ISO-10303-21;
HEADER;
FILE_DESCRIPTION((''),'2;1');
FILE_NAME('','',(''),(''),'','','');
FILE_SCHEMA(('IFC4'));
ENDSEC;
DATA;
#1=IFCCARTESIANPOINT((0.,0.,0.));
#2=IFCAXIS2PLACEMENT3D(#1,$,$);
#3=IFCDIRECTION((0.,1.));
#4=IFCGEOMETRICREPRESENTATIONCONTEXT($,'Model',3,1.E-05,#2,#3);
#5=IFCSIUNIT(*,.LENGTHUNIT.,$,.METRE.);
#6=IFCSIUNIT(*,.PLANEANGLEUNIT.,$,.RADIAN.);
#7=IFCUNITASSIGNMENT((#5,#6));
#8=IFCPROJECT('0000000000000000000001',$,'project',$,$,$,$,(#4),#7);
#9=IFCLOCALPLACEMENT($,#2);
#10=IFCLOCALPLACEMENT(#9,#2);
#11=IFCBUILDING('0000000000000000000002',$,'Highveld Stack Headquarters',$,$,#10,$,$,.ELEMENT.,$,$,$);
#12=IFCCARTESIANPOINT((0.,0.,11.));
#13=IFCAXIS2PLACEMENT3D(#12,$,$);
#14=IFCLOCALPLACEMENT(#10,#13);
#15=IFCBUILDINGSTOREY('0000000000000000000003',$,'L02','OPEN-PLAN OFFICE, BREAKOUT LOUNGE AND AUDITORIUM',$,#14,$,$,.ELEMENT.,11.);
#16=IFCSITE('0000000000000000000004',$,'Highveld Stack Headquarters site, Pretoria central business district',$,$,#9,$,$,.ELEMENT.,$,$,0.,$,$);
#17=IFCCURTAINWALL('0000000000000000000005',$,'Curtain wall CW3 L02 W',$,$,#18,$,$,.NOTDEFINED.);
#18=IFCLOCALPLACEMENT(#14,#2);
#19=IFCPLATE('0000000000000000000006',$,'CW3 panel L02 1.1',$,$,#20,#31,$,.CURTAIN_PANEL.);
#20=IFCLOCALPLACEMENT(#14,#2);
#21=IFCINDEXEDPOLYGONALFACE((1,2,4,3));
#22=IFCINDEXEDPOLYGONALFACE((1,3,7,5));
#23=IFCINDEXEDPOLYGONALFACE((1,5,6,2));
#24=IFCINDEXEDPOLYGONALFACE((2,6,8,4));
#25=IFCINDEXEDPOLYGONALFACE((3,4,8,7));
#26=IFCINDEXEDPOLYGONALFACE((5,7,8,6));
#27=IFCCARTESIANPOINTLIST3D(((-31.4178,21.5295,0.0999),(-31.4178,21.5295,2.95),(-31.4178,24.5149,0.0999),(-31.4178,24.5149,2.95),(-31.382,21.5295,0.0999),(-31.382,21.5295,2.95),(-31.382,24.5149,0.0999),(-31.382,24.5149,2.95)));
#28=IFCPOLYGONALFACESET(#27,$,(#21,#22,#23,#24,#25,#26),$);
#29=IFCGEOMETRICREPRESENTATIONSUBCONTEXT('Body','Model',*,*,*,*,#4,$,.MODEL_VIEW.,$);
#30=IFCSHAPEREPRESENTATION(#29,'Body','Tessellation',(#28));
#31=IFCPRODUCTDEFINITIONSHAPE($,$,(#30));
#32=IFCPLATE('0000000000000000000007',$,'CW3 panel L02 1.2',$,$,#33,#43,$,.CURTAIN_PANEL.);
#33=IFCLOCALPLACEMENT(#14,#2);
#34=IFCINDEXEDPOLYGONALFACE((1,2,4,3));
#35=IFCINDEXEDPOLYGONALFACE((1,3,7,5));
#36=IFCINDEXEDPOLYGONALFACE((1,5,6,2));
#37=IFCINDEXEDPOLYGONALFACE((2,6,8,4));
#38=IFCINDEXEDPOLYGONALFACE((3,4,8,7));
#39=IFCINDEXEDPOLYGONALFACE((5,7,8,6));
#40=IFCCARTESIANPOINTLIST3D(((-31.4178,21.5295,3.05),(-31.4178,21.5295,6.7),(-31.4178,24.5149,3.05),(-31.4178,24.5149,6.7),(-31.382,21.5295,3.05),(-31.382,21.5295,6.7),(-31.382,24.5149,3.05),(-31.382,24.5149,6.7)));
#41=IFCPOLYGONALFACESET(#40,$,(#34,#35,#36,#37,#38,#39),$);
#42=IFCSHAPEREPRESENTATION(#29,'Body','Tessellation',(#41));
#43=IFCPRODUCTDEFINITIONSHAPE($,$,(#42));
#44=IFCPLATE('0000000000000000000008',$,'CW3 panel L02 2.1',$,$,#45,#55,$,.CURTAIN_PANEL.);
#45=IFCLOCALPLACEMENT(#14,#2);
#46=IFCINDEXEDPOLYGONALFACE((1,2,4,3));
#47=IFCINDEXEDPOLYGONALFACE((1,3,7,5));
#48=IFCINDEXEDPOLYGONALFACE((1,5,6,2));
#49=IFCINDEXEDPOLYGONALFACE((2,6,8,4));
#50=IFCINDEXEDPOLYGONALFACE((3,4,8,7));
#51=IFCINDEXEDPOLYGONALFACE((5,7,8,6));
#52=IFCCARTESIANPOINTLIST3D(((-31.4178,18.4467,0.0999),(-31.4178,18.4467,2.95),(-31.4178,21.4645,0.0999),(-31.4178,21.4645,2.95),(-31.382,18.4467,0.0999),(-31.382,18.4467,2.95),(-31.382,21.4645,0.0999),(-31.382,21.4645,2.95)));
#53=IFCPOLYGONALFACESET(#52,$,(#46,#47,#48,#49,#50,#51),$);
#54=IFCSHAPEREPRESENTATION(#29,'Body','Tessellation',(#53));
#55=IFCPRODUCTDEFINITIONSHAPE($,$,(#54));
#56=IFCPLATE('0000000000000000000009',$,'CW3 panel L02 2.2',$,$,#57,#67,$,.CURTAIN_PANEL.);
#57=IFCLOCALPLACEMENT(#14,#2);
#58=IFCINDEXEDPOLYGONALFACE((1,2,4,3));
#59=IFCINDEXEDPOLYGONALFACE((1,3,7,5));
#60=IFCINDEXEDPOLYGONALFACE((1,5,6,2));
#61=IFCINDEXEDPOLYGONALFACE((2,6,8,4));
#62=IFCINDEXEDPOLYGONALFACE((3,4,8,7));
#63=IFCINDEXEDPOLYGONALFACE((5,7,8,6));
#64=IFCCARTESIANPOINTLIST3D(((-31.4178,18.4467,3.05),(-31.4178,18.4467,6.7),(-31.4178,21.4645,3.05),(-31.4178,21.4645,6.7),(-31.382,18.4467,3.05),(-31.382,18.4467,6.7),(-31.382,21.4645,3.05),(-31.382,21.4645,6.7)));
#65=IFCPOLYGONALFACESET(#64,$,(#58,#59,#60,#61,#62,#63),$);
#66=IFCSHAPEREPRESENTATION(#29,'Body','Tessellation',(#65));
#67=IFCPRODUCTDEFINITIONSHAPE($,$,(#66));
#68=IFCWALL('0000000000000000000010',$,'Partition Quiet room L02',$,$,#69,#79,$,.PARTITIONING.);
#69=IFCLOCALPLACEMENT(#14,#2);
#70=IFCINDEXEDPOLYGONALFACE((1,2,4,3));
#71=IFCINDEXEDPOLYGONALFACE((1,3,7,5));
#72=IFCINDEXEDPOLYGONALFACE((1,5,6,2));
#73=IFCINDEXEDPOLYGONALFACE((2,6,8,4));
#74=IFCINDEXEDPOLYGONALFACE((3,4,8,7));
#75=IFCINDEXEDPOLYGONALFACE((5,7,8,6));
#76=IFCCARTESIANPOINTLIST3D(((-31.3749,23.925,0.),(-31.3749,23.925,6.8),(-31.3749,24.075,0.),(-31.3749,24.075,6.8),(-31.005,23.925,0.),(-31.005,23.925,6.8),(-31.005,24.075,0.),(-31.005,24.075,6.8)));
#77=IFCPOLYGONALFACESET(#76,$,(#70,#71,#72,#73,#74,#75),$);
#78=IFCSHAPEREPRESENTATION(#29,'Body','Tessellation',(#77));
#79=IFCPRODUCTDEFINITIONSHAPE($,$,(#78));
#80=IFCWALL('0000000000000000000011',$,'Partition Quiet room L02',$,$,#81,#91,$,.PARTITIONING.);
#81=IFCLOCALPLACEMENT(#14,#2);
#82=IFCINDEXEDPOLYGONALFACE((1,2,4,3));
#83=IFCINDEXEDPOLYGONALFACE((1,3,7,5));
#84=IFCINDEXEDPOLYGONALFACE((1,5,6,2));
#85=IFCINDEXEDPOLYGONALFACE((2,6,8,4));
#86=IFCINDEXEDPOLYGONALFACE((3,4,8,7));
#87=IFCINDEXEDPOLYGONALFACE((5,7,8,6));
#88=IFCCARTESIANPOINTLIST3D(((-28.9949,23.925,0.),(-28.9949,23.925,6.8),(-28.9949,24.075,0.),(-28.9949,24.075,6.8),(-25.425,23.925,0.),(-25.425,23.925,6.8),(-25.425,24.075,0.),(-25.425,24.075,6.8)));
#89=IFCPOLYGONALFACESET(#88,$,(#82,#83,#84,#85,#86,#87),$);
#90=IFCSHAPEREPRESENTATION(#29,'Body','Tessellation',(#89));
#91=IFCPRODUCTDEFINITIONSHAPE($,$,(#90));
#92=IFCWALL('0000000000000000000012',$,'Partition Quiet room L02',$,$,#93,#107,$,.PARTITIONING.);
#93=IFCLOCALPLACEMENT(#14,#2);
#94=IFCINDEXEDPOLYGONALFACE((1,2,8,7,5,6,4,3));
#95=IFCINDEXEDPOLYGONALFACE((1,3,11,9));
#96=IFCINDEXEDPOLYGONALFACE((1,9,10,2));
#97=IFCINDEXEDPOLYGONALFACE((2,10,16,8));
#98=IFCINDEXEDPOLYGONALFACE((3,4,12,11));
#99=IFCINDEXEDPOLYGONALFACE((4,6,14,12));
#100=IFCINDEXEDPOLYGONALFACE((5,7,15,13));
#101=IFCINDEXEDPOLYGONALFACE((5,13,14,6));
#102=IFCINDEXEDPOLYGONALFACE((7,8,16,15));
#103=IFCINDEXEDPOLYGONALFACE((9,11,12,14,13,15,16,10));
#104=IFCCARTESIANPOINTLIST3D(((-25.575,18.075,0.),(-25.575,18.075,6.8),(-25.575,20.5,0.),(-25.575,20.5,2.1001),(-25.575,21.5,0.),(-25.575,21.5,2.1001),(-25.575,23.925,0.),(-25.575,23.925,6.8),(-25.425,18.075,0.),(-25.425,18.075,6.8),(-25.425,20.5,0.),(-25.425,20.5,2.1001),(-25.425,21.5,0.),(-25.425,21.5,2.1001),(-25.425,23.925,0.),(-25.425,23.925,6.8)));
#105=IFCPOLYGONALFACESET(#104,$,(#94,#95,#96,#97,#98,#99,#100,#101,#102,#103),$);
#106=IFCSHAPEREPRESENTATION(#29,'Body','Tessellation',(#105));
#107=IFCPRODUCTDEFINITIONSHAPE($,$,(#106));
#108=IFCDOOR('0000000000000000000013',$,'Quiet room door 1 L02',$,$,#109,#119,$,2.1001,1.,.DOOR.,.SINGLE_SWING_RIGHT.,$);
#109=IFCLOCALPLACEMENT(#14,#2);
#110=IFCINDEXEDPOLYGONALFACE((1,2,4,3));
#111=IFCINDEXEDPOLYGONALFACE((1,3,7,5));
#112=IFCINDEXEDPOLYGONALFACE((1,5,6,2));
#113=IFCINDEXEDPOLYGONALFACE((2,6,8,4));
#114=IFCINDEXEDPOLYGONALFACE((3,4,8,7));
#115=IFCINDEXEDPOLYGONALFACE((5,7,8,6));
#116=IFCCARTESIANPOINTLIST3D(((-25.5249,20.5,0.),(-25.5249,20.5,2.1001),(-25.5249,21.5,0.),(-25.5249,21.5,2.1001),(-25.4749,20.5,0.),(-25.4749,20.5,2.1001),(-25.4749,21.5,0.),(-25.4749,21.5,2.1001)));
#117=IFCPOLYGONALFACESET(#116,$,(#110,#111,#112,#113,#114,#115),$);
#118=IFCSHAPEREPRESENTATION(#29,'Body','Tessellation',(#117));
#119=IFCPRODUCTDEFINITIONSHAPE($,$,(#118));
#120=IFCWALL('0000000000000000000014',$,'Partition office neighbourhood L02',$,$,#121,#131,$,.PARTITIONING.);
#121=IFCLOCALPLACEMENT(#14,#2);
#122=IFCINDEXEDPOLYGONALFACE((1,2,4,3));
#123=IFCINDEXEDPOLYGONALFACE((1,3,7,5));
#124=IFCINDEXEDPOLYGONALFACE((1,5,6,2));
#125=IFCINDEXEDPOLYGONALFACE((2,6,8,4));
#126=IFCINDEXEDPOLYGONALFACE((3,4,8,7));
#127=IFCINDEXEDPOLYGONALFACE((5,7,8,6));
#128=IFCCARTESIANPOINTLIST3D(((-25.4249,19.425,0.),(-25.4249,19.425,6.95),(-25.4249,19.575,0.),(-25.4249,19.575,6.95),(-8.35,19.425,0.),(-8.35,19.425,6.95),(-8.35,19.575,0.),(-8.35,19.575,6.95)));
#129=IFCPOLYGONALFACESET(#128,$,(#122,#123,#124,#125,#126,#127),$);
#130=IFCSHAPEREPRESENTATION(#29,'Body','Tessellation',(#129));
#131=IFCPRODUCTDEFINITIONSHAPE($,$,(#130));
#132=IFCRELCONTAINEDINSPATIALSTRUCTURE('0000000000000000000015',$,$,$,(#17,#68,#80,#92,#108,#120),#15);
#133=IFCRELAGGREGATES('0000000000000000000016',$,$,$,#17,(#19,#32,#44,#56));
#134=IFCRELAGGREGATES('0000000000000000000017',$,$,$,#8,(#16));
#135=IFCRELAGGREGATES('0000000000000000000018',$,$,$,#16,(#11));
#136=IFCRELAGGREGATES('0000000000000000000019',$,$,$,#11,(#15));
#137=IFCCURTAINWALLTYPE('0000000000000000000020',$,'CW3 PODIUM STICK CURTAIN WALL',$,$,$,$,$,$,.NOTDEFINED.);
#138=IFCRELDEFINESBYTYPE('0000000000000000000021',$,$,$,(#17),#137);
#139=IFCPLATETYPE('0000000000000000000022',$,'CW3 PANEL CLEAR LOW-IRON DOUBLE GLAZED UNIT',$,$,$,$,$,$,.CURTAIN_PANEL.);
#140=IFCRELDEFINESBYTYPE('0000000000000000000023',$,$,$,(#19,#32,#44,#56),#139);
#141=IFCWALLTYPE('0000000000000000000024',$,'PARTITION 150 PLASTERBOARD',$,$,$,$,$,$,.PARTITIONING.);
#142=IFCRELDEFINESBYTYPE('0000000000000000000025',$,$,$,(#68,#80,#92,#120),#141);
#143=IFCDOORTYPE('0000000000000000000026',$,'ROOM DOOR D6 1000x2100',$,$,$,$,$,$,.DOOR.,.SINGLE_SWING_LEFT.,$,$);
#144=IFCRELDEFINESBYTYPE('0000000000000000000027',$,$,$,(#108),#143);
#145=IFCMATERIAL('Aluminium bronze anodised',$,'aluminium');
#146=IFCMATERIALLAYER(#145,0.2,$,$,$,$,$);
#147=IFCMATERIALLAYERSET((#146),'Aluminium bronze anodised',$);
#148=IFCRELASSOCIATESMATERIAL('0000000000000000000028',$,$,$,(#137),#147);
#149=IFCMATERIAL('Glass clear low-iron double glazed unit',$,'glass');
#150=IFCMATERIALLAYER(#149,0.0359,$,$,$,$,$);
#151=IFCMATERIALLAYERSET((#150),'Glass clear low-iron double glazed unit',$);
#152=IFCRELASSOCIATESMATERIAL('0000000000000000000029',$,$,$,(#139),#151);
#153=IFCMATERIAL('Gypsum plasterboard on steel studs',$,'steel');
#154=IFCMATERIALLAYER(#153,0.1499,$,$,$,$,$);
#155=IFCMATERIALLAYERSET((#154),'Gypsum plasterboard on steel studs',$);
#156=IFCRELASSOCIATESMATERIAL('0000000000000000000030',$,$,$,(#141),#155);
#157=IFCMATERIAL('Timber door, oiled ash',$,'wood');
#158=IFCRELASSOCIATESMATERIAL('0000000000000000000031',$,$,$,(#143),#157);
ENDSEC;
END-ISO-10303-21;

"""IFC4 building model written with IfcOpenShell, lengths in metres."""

from ifc_helpers import new_model, si_unit, direction, frame, frame_2d, origin, origin_2d, place, context, subcontext, project, spatial, rectangle, extrude, material, layer, layer_set, type_object, element, fill, aggregate, save


model = new_model("IFC4")

# Units and contexts
model_context = context("Model", 3, precision=1e-05, world=origin(), true_north=direction((0.0, 1.0)))
body_context = subcontext(model_context, "Body", "Model", "MODEL_VIEW")
ifc_project = project(units=[si_unit("LENGTHUNIT", "METRE"), si_unit("PLANEANGLEUNIT", "RADIAN")], contexts=[model_context])

# Site, building, storey
site_placement = place(None, origin())
site = spatial("IfcSite", under=ifc_project, at=site_placement, Name="Highveld Stack Headquarters site, Pretoria central business district", CompositionType="ELEMENT", RefElevation=0.0)
building_placement = place(site_placement, origin())
building = spatial("IfcBuilding", under=site, at=building_placement, Name="Highveld Stack Headquarters", CompositionType="ELEMENT")
storey_placement = place(building_placement, frame((0.0, 0.0, 11.0)))
storey = spatial("IfcBuildingStorey", under=building, at=storey_placement, Name="L02", Description="OPEN-PLAN OFFICE, BREAKOUT LOUNGE AND AUDITORIUM", CompositionType="ELEMENT", Elevation=11.0)

# Curtain wall, plates
ifc_material_1 = material(Name="Aluminium bronze anodised", Category="aluminium")
ifc_layer_1 = layer(ifc_material_1, 0.2)
ifc_layer_set_1 = layer_set([ifc_layer_1], Name="Aluminium bronze anodised")
curtain_wall_type = type_object("IfcCurtainWallType", Name="CW3 PODIUM STICK CURTAIN WALL", PredefinedType="NOTDEFINED", material=ifc_layer_set_1)
curtain_wall_placement = place(storey_placement, origin())
curtain_wall = element("IfcCurtainWall", 1, at=curtain_wall_placement, inside=storey, type_object=curtain_wall_type, Name="Curtain wall CW3 L02 W", PredefinedType="NOTDEFINED")
ifc_material_2 = material(Name="Glass clear low-iron double glazed unit", Category="glass")
ifc_layer_2 = layer(ifc_material_2, 0.0359)
ifc_layer_set_2 = layer_set([ifc_layer_2], Name="Glass clear low-iron double glazed unit")
plate_type = type_object("IfcPlateType", Name="CW3 PANEL CLEAR LOW-IRON DOUBLE GLAZED UNIT", PredefinedType="CURTAIN_PANEL", material=ifc_layer_set_2)
plate_1_placement = place(storey_placement, frame((-31.3999, 23.0222, 0.0999), z_axis=(0.0, 0.0, 1.0), x_axis=(0.0, -1.0, 0.0)))
plate_1 = element("IfcPlate", 2, at=plate_1_placement, type_object=plate_type, Name="CW3 panel L02 1.1", PredefinedType="CURTAIN_PANEL", context=body_context, shape_type="SweptSolid", body=[
    extrude(rectangle(XDim=2.9854, YDim=0.0359, at=origin_2d()), origin(), (0.0, 0.0, 1.0), 2.8501),
])
plate_2_placement = place(storey_placement, frame((-31.3999, 23.0222, 3.05), z_axis=(0.0, 0.0, 1.0), x_axis=(0.0, -1.0, 0.0)))
plate_2 = element("IfcPlate", 3, at=plate_2_placement, type_object=plate_type, Name="CW3 panel L02 1.2", PredefinedType="CURTAIN_PANEL", context=body_context, shape_type="SweptSolid", body=[
    extrude(rectangle(XDim=2.9854, YDim=0.0359, at=origin_2d()), origin(), (0.0, 0.0, 1.0), 3.6499),
])
plate_3_placement = place(storey_placement, frame((-31.3999, 19.9556, 0.0999), z_axis=(0.0, 0.0, 1.0), x_axis=(0.0, -1.0, 0.0)))
plate_3 = element("IfcPlate", 4, at=plate_3_placement, type_object=plate_type, Name="CW3 panel L02 2.1", PredefinedType="CURTAIN_PANEL", context=body_context, shape_type="SweptSolid", body=[
    extrude(rectangle(XDim=3.0178, YDim=0.0359, at=origin_2d()), origin(), (0.0, 0.0, 1.0), 2.8501),
])
plate_4_placement = place(storey_placement, frame((-31.3999, 19.9556, 3.05), z_axis=(0.0, 0.0, 1.0), x_axis=(0.0, -1.0, 0.0)))
plate_4 = element("IfcPlate", 5, at=plate_4_placement, type_object=plate_type, Name="CW3 panel L02 2.2", PredefinedType="CURTAIN_PANEL", context=body_context, shape_type="SweptSolid", body=[
    extrude(rectangle(XDim=3.0178, YDim=0.0359, at=origin_2d()), origin(), (0.0, 0.0, 1.0), 3.6499),
])
aggregate(curtain_wall, [plate_1, plate_2, plate_3, plate_4])

# Walls
ifc_material_3 = material(Name="Gypsum plasterboard on steel studs", Category="steel")
ifc_layer_3 = layer(ifc_material_3, 0.1499)
ifc_layer_set_3 = layer_set([ifc_layer_3], Name="Gypsum plasterboard on steel studs")
wall_type = type_object("IfcWallType", Name="PARTITION 150 PLASTERBOARD", PredefinedType="PARTITIONING", material=ifc_layer_set_3)
wall_1_placement = place(storey_placement, frame((-31.375, 24.0, 0.0), z_axis=(0.0, 0.0, 1.0), x_axis=(1.0, 0.0, 0.0)))
element("IfcWall", 6, at=wall_1_placement, inside=storey, type_object=wall_type, Name="Partition Quiet room L02", PredefinedType="PARTITIONING", context=body_context, shape_type="SweptSolid", body=[
    extrude(rectangle(XDim=0.3699, YDim=0.1499, at=frame_2d((0.1851, 0.0))), origin(), (0.0, 0.0, 1.0), 6.8),
])
wall_2_placement = place(storey_placement, frame((-28.9949, 24.0, 0.0), z_axis=(0.0, 0.0, 1.0), x_axis=(1.0, 0.0, 0.0)))
element("IfcWall", 7, at=wall_2_placement, inside=storey, type_object=wall_type, Name="Partition Quiet room L02", PredefinedType="PARTITIONING", context=body_context, shape_type="SweptSolid", body=[
    extrude(rectangle(XDim=3.5698, YDim=0.1499, at=frame_2d((1.7849, 0.0))), origin(), (0.0, 0.0, 1.0), 6.8),
])

# Wall, opening, door
wall_3_placement = place(storey_placement, frame((-25.5, 18.075, 0.0), z_axis=(0.0, 0.0, 1.0), x_axis=(0.0, 1.0, 0.0)))
wall_3 = element("IfcWall", 8, at=wall_3_placement, inside=storey, type_object=wall_type, Name="Partition Quiet room L02", PredefinedType="PARTITIONING", context=body_context, shape_type="SweptSolid", body=[
    extrude(rectangle(XDim=5.8501, YDim=0.1499, at=frame_2d((2.925, 0.0))), origin(), (0.0, 0.0, 1.0), 6.8),
])
opening_placement = place(wall_3_placement, frame((2.425, 0.0, 0.0)))
opening = element("IfcOpeningElement", 9, at=opening_placement, cuts=wall_3, PredefinedType="OPENING", context=body_context, shape_type="SweptSolid", body=[
    extrude(rectangle(XDim=1.0, YDim=2.1001, at=frame_2d((0.5, 1.05))), frame((0.0, 0.085, 0.0), z_axis=(0.0, -1.0, 0.0), x_axis=(1.0, 0.0, 0.0)), (0.0, 0.0, 1.0), 0.1699),
])
ifc_material_4 = material(Name="Timber door, oiled ash", Category="wood")
door_type = type_object("IfcDoorType", Name="ROOM DOOR D6 1000x2100", OperationType="SINGLE_SWING_LEFT", PredefinedType="DOOR", material=ifc_material_4)
door_placement = place(opening_placement, origin())
door = element("IfcDoor", 10, at=door_placement, inside=storey, type_object=door_type, Name="Quiet room door 1 L02", OperationType="SINGLE_SWING_RIGHT", OverallHeight=2.1001, OverallWidth=1.0, PredefinedType="DOOR", context=body_context, shape_type="SweptSolid", body=[
    extrude(rectangle(XDim=1.0, YDim=2.1001, at=frame_2d((0.5, 1.05))), frame((0.0, 0.0249, 0.0), z_axis=(0.0, -1.0, 0.0), x_axis=(1.0, 0.0, 0.0)), (0.0, 0.0, 1.0), 0.05),
])
fill(opening, door)

# Wall
wall_4_placement = place(storey_placement, frame((-25.425, 19.5, 0.0), z_axis=(0.0, 0.0, 1.0), x_axis=(1.0, 0.0, 0.0)))
element("IfcWall", 11, at=wall_4_placement, inside=storey, type_object=wall_type, Name="Partition office neighbourhood L02", PredefinedType="PARTITIONING", context=body_context, shape_type="SweptSolid", body=[
    extrude(rectangle(XDim=17.075, YDim=0.1499, at=frame_2d((8.5376, 0.0))), origin(), (0.0, 0.0, 1.0), 6.95),
])

save(model, "model.ifc")
